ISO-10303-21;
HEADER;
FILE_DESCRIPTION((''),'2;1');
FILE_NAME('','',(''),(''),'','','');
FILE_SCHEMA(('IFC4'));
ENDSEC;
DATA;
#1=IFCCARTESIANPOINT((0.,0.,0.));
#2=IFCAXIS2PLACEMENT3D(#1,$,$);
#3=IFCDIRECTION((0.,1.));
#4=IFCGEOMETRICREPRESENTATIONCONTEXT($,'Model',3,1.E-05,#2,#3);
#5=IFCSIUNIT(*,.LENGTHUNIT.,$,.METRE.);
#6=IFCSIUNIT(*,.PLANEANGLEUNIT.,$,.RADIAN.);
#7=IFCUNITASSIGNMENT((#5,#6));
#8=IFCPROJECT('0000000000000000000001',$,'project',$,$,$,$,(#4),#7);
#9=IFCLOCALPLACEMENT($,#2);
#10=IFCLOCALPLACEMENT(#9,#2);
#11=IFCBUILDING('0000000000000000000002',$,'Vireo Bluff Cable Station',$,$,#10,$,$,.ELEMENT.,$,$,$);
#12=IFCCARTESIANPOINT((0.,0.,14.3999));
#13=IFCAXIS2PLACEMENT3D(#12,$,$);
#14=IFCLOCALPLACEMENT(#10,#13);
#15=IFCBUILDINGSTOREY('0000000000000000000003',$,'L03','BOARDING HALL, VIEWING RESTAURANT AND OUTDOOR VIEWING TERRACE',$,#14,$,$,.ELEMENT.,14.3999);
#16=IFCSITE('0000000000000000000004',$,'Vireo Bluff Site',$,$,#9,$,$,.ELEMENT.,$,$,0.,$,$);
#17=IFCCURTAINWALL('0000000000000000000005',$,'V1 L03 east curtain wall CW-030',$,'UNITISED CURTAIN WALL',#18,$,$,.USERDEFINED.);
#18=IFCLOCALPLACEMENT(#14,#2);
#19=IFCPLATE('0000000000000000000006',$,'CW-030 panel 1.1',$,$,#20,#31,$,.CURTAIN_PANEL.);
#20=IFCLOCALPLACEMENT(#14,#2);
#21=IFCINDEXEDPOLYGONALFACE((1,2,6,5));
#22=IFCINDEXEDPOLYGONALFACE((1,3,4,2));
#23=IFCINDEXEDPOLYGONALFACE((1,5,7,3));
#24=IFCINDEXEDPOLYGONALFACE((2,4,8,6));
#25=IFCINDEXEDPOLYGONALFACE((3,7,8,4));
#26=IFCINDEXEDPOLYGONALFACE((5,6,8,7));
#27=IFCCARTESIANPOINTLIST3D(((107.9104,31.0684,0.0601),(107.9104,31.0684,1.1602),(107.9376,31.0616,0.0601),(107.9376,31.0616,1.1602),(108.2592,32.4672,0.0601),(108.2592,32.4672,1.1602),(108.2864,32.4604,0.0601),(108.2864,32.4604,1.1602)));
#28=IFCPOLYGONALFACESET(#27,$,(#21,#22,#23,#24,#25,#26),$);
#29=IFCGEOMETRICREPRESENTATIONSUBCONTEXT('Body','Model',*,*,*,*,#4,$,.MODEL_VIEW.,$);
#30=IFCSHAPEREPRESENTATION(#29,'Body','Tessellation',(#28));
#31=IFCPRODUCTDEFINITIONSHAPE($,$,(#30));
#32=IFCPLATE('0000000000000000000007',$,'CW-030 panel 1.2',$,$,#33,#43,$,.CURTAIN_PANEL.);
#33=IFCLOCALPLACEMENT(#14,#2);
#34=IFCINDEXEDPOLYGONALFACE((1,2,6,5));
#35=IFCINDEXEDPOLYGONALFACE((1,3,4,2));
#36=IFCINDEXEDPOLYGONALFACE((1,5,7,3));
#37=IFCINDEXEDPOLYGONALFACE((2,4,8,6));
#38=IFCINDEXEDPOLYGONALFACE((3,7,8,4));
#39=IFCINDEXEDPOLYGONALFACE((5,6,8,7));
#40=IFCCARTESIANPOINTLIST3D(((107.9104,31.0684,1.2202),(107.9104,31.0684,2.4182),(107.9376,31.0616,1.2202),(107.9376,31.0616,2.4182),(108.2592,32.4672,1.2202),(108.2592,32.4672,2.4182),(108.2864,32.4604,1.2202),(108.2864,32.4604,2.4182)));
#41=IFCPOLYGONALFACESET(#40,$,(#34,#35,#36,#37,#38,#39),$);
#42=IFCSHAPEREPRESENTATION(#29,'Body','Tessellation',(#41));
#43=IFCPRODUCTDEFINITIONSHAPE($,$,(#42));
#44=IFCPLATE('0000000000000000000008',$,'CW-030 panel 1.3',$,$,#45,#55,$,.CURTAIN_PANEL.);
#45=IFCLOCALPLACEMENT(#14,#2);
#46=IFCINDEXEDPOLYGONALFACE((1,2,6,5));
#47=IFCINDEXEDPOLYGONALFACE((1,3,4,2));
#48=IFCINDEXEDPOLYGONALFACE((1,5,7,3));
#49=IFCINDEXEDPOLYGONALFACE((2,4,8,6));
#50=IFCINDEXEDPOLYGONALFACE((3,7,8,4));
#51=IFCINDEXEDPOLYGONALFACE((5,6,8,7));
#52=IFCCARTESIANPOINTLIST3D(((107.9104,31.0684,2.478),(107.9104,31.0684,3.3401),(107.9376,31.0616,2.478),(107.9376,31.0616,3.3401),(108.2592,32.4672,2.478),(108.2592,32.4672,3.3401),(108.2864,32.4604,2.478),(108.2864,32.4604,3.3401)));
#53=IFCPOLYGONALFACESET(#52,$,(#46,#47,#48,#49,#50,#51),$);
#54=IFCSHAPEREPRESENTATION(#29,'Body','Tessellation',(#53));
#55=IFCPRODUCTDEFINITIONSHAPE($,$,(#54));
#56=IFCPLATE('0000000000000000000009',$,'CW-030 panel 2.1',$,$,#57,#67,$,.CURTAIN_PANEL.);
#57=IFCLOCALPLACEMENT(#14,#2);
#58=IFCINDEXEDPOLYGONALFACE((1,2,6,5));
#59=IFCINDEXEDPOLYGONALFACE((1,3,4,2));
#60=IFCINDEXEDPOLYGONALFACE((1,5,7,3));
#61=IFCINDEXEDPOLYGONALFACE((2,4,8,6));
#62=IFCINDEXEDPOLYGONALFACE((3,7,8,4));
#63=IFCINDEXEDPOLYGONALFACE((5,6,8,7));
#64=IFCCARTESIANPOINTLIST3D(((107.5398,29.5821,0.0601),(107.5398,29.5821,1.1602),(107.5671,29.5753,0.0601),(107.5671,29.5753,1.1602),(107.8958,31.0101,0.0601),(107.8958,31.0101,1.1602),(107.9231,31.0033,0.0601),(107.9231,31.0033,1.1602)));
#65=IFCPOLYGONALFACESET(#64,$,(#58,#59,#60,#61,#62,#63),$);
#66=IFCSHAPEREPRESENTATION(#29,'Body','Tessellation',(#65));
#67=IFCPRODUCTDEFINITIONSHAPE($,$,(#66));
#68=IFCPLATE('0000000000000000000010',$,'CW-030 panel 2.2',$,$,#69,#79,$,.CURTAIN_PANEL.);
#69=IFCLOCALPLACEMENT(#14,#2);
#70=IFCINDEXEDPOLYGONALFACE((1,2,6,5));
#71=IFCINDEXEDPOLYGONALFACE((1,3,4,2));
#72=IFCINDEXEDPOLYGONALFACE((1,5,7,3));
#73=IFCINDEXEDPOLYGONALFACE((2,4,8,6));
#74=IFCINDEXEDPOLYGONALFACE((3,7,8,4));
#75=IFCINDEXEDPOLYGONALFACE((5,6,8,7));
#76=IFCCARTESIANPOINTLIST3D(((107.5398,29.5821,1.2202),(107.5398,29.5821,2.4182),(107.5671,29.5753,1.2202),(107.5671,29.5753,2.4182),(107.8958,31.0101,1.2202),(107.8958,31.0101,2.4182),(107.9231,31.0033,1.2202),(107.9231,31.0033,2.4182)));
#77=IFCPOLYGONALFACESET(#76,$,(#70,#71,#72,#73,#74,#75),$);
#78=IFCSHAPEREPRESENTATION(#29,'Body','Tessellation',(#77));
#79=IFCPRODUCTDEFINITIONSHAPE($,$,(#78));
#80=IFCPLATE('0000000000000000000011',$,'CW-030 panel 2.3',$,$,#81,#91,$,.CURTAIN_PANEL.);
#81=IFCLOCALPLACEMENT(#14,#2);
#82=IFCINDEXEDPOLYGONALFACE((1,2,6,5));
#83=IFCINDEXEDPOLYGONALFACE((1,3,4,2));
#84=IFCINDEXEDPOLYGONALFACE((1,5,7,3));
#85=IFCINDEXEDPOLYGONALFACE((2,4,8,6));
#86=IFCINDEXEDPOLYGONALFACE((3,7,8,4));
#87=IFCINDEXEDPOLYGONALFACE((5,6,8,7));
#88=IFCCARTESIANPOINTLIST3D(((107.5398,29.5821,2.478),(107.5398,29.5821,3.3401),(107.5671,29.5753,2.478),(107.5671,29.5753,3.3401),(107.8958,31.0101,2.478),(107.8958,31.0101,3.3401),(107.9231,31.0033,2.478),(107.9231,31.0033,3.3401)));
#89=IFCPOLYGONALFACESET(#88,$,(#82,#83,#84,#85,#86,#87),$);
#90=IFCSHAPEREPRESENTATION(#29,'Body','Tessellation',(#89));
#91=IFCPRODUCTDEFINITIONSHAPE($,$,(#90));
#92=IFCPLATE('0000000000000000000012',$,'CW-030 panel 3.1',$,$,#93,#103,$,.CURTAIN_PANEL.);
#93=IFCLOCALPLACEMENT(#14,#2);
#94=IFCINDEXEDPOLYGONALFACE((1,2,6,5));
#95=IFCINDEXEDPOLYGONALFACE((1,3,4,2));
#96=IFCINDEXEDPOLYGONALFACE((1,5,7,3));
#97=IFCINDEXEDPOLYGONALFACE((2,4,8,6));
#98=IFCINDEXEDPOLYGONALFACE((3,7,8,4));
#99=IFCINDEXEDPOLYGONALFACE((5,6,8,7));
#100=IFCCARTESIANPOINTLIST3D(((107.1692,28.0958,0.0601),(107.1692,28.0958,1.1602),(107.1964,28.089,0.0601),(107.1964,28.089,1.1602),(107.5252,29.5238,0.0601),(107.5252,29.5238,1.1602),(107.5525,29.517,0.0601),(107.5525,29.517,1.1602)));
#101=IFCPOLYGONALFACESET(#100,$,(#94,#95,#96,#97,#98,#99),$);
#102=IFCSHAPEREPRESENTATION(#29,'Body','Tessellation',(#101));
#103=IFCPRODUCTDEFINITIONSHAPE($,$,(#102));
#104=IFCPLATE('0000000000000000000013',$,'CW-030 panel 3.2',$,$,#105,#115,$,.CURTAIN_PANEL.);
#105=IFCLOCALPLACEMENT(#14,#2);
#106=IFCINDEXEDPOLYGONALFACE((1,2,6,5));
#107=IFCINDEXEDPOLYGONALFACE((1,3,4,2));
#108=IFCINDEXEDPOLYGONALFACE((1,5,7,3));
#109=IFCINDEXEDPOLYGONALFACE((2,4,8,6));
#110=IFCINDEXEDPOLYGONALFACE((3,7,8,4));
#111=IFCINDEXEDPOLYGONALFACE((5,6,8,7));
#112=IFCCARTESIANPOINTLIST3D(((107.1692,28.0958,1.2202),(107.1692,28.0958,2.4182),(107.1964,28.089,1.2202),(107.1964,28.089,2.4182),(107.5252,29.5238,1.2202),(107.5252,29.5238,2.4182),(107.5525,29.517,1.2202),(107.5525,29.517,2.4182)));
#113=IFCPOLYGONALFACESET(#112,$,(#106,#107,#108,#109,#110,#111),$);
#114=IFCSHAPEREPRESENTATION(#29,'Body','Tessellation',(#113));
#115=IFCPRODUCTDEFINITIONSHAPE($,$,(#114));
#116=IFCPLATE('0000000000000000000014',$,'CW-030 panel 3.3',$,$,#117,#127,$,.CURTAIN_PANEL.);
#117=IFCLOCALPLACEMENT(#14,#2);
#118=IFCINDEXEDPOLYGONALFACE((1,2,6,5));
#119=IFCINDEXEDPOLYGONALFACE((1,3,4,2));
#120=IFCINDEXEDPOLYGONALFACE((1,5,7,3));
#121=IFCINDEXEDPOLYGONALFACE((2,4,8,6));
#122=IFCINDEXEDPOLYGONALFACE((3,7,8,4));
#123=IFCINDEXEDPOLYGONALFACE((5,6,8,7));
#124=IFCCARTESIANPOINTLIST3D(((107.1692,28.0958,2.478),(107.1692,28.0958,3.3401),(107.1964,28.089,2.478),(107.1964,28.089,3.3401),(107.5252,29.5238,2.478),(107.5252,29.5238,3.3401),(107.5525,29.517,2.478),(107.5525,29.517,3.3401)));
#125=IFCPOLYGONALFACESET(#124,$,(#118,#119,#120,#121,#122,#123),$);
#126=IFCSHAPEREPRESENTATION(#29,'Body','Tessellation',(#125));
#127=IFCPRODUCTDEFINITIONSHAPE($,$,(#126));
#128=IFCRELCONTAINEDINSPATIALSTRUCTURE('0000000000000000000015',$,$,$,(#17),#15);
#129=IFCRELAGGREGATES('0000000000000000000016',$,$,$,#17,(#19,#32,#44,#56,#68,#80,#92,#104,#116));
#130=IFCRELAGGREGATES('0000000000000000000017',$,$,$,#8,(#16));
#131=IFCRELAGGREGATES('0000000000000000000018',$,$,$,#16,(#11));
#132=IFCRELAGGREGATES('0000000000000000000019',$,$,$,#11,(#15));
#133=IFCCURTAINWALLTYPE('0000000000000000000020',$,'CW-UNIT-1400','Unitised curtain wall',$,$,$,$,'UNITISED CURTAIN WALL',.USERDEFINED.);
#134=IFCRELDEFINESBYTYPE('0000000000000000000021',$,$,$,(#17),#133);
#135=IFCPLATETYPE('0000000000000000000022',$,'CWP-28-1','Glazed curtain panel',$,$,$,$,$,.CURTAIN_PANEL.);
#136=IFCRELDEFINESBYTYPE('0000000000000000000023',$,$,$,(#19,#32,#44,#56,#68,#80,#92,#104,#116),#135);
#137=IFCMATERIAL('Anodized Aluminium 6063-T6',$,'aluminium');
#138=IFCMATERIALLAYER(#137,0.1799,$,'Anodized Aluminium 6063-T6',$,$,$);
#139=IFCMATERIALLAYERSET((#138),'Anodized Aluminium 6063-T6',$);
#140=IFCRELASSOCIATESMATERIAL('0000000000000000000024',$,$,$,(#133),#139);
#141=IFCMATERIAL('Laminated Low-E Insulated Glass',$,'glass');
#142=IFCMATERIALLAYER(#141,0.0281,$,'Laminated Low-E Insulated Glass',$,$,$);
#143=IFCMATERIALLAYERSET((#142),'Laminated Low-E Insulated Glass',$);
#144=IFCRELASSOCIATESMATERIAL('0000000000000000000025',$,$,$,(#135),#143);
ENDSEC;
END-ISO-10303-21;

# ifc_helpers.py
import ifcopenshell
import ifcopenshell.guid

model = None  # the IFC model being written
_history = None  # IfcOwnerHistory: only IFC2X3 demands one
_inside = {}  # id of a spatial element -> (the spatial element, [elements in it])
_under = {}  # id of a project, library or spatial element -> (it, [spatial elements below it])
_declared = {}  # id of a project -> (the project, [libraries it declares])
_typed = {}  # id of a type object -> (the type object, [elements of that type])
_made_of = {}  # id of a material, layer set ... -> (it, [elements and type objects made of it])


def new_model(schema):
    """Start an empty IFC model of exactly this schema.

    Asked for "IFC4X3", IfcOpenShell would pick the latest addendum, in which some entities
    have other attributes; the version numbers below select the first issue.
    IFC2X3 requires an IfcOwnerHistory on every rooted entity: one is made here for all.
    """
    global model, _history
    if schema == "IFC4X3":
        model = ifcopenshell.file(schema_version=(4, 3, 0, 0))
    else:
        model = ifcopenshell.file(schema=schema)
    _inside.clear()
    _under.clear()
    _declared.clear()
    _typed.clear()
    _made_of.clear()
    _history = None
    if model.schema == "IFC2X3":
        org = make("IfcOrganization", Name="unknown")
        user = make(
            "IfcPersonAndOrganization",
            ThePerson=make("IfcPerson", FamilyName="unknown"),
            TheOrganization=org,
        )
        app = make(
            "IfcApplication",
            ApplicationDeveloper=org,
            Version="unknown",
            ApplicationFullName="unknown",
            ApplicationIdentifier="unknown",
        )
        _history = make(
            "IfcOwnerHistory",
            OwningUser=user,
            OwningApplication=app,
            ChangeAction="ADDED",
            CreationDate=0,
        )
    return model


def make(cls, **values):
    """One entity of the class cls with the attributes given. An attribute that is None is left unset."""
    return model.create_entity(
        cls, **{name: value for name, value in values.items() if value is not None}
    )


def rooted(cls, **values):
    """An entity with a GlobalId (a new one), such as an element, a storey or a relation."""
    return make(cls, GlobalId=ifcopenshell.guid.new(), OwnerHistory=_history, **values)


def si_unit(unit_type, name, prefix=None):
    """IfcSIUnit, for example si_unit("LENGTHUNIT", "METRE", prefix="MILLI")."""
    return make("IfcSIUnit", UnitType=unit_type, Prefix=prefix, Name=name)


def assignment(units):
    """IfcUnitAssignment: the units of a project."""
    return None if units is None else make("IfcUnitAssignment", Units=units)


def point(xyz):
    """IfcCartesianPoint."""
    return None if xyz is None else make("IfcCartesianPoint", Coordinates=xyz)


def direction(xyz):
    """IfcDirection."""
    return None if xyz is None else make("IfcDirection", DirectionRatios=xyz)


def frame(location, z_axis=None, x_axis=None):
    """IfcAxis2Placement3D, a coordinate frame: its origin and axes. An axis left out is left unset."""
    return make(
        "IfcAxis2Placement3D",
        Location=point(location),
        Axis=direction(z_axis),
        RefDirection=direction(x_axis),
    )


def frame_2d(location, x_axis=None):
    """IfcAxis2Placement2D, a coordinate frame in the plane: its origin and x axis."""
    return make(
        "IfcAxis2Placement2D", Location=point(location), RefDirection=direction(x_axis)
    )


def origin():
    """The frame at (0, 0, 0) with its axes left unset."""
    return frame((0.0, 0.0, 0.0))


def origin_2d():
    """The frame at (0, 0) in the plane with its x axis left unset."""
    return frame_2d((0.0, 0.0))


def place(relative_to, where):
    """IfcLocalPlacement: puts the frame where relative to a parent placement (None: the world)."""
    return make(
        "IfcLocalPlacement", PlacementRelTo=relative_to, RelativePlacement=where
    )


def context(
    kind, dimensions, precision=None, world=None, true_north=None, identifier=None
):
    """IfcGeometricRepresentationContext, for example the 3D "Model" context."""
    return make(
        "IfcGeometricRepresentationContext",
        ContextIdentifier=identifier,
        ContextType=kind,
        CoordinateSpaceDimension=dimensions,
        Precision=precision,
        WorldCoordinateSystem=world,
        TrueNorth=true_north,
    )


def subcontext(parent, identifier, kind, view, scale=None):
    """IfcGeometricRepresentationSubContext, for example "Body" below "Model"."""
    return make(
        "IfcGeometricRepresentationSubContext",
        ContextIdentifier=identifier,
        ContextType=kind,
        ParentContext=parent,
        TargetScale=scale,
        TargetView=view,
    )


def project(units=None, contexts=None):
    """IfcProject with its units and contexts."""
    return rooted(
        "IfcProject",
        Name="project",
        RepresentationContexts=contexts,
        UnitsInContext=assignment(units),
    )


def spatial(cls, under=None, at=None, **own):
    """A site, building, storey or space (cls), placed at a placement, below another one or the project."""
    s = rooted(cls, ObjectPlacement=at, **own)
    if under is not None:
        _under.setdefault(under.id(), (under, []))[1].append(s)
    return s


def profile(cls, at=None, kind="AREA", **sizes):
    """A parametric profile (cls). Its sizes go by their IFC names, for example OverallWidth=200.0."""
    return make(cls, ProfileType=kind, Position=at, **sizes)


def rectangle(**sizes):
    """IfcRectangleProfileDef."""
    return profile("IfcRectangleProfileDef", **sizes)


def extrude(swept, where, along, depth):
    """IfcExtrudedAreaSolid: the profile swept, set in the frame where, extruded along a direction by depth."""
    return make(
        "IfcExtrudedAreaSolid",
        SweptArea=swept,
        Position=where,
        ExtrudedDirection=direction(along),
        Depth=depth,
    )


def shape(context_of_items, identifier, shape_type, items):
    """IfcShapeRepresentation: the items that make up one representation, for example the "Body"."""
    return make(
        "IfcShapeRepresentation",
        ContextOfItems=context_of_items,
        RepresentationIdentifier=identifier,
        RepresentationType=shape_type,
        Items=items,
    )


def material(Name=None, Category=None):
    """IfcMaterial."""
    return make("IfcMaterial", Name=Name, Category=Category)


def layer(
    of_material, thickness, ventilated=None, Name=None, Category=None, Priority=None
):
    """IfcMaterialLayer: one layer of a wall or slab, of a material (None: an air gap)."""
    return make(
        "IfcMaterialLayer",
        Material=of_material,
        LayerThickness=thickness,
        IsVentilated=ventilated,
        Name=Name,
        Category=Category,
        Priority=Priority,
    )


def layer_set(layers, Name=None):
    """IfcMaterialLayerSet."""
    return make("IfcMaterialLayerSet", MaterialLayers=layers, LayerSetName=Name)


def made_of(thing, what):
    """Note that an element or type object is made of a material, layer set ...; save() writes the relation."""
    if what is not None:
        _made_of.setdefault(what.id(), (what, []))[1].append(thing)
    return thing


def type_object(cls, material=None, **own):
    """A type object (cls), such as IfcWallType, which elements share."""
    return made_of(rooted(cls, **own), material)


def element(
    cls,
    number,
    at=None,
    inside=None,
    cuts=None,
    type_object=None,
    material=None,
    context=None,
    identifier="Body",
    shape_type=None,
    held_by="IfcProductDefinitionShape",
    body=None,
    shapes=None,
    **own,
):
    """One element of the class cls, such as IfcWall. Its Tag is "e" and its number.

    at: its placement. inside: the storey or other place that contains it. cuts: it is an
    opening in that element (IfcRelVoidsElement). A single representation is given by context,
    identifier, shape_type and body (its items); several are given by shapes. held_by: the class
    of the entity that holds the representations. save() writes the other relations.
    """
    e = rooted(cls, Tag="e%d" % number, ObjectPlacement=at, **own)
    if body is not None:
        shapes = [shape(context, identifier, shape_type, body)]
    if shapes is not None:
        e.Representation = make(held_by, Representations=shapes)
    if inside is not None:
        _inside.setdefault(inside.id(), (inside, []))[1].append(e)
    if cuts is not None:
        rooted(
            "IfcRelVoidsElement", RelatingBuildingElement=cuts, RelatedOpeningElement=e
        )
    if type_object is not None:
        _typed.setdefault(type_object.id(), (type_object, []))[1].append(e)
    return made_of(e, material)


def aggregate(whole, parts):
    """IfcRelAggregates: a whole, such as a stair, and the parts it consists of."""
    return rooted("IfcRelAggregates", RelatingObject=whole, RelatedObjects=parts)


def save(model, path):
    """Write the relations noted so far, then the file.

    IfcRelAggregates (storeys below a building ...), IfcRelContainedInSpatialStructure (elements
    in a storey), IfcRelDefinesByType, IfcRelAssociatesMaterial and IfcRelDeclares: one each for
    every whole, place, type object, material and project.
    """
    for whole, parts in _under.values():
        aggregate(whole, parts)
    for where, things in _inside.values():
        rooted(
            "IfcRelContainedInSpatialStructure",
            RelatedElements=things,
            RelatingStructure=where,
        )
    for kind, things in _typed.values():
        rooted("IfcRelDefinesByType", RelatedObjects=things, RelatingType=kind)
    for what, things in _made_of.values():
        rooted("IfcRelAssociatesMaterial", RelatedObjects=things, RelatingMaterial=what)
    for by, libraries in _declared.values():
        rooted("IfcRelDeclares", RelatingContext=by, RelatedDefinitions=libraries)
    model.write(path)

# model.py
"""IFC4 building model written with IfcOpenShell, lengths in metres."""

from ifc_helpers import new_model, si_unit, direction, frame, origin, origin_2d, place, context, subcontext, project, spatial, rectangle, extrude, material, layer, layer_set, type_object, element, aggregate, save


model = new_model("IFC4")

# Units and contexts
model_context = context("Model", 3, precision=1e-05, world=origin(), true_north=direction((0.0, 1.0)))
body_context = subcontext(model_context, "Body", "Model", "MODEL_VIEW")
ifc_project = project(units=[si_unit("LENGTHUNIT", "METRE"), si_unit("PLANEANGLEUNIT", "RADIAN")], contexts=[model_context])

# Site, building, storey
site_placement = place(None, origin())
site = spatial("IfcSite", under=ifc_project, at=site_placement, Name="Vireo Bluff Site", CompositionType="ELEMENT", RefElevation=0.0)
building_placement = place(site_placement, origin())
building = spatial("IfcBuilding", under=site, at=building_placement, Name="Vireo Bluff Cable Station", CompositionType="ELEMENT")
storey_placement = place(building_placement, frame((0.0, 0.0, 14.3999)))
storey = spatial("IfcBuildingStorey", under=building, at=storey_placement, Name="L03", Description="BOARDING HALL, VIEWING RESTAURANT AND OUTDOOR VIEWING TERRACE", CompositionType="ELEMENT", Elevation=14.3999)

# Curtain wall, plates
ifc_material_1 = material(Name="Anodized Aluminium 6063-T6", Category="aluminium")
ifc_layer_1 = layer(ifc_material_1, 0.1799, Name="Anodized Aluminium 6063-T6")
ifc_layer_set_1 = layer_set([ifc_layer_1], Name="Anodized Aluminium 6063-T6")
curtain_wall_type = type_object("IfcCurtainWallType", Name="CW-UNIT-1400", Description="Unitised curtain wall", ElementType="UNITISED CURTAIN WALL", PredefinedType="USERDEFINED", material=ifc_layer_set_1)
curtain_wall_placement = place(storey_placement, origin())
curtain_wall = element("IfcCurtainWall", 1, at=curtain_wall_placement, inside=storey, type_object=curtain_wall_type, Name="V1 L03 east curtain wall CW-030", ObjectType="UNITISED CURTAIN WALL", PredefinedType="USERDEFINED")
ifc_material_2 = material(Name="Laminated Low-E Insulated Glass", Category="glass")
ifc_layer_2 = layer(ifc_material_2, 0.0281, Name="Laminated Low-E Insulated Glass")
ifc_layer_set_2 = layer_set([ifc_layer_2], Name="Laminated Low-E Insulated Glass")
plate_type = type_object("IfcPlateType", Name="CWP-28-1", Description="Glazed curtain panel", PredefinedType="CURTAIN_PANEL", material=ifc_layer_set_2)
plate_1_placement = place(storey_placement, frame((108.0984, 31.7644, 0.0601), z_axis=(0.0, 0.0, 1.0), x_axis=(-0.241922, -0.970296, 0.0)))
plate_1 = element("IfcPlate", 2, at=plate_1_placement, type_object=plate_type, Name="CW-030 panel 1.1", PredefinedType="CURTAIN_PANEL", context=body_context, shape_type="SweptSolid", body=[
    extrude(rectangle(XDim=1.4417, YDim=0.0281, at=origin_2d()), origin(), (0.0, 0.0, 1.0), 1.1001),
])
plate_2_placement = place(storey_placement, frame((108.0984, 31.7644, 1.2202), z_axis=(0.0, 0.0, 1.0), x_axis=(-0.241922, -0.970296, 0.0)))
plate_2 = element("IfcPlate", 3, at=plate_2_placement, type_object=plate_type, Name="CW-030 panel 1.2", PredefinedType="CURTAIN_PANEL", context=body_context, shape_type="SweptSolid", body=[
    extrude(rectangle(XDim=1.4417, YDim=0.0281, at=origin_2d()), origin(), (0.0, 0.0, 1.0), 1.198),
])
plate_3_placement = place(storey_placement, frame((108.0984, 31.7644, 2.478), z_axis=(0.0, 0.0, 1.0), x_axis=(-0.241922, -0.970296, 0.0)))
plate_3 = element("IfcPlate", 4, at=plate_3_placement, type_object=plate_type, Name="CW-030 panel 1.3", PredefinedType="CURTAIN_PANEL", context=body_context, shape_type="SweptSolid", body=[
    extrude(rectangle(XDim=1.4417, YDim=0.0281, at=origin_2d()), origin(), (0.0, 0.0, 1.0), 0.8621),
])
plate_4_placement = place(storey_placement, frame((107.7314, 30.2927, 0.0601), z_axis=(0.0, 0.0, 1.0), x_axis=(-0.241922, -0.970296, 0.0)))
plate_4 = element("IfcPlate", 5, at=plate_4_placement, type_object=plate_type, Name="CW-030 panel 2.1", PredefinedType="CURTAIN_PANEL", context=body_context, shape_type="SweptSolid", body=[
    extrude(rectangle(XDim=1.4717, YDim=0.0281, at=origin_2d()), origin(), (0.0, 0.0, 1.0), 1.1001),
])
plate_5_placement = place(storey_placement, frame((107.7314, 30.2927, 1.2202), z_axis=(0.0, 0.0, 1.0), x_axis=(-0.241922, -0.970296, 0.0)))
plate_5 = element("IfcPlate", 6, at=plate_5_placement, type_object=plate_type, Name="CW-030 panel 2.2", PredefinedType="CURTAIN_PANEL", context=body_context, shape_type="SweptSolid", body=[
    extrude(rectangle(XDim=1.4717, YDim=0.0281, at=origin_2d()), origin(), (0.0, 0.0, 1.0), 1.198),
])
plate_6_placement = place(storey_placement, frame((107.7314, 30.2927, 2.478), z_axis=(0.0, 0.0, 1.0), x_axis=(-0.241922, -0.970296, 0.0)))
plate_6 = element("IfcPlate", 7, at=plate_6_placement, type_object=plate_type, Name="CW-030 panel 2.3", PredefinedType="CURTAIN_PANEL", context=body_context, shape_type="SweptSolid", body=[
    extrude(rectangle(XDim=1.4717, YDim=0.0281, at=origin_2d()), origin(), (0.0, 0.0, 1.0), 0.8621),
])
plate_7_placement = place(storey_placement, frame((107.3608, 28.8064, 0.0601), z_axis=(0.0, 0.0, 1.0), x_axis=(-0.241922, -0.970296, 0.0)))
plate_7 = element("IfcPlate", 8, at=plate_7_placement, type_object=plate_type, Name="CW-030 panel 3.1", PredefinedType="CURTAIN_PANEL", context=body_context, shape_type="SweptSolid", body=[
    extrude(rectangle(XDim=1.4717, YDim=0.0281, at=origin_2d()), origin(), (0.0, 0.0, 1.0), 1.1001),
])
plate_8_placement = place(storey_placement, frame((107.3608, 28.8064, 1.2202), z_axis=(0.0, 0.0, 1.0), x_axis=(-0.241922, -0.970296, 0.0)))
plate_8 = element("IfcPlate", 9, at=plate_8_placement, type_object=plate_type, Name="CW-030 panel 3.2", PredefinedType="CURTAIN_PANEL", context=body_context, shape_type="SweptSolid", body=[
    extrude(rectangle(XDim=1.4717, YDim=0.0281, at=origin_2d()), origin(), (0.0, 0.0, 1.0), 1.198),
])
plate_9_placement = place(storey_placement, frame((107.3608, 28.8064, 2.478), z_axis=(0.0, 0.0, 1.0), x_axis=(-0.241922, -0.970296, 0.0)))
plate_9 = element("IfcPlate", 10, at=plate_9_placement, type_object=plate_type, Name="CW-030 panel 3.3", PredefinedType="CURTAIN_PANEL", context=body_context, shape_type="SweptSolid", body=[
    extrude(rectangle(XDim=1.4717, YDim=0.0281, at=origin_2d()), origin(), (0.0, 0.0, 1.0), 0.8621),
])
aggregate(curtain_wall, [plate_1, plate_2, plate_3, plate_4, plate_5, plate_6, plate_7, plate_8, plate_9])

save(model, "model.ifc")
